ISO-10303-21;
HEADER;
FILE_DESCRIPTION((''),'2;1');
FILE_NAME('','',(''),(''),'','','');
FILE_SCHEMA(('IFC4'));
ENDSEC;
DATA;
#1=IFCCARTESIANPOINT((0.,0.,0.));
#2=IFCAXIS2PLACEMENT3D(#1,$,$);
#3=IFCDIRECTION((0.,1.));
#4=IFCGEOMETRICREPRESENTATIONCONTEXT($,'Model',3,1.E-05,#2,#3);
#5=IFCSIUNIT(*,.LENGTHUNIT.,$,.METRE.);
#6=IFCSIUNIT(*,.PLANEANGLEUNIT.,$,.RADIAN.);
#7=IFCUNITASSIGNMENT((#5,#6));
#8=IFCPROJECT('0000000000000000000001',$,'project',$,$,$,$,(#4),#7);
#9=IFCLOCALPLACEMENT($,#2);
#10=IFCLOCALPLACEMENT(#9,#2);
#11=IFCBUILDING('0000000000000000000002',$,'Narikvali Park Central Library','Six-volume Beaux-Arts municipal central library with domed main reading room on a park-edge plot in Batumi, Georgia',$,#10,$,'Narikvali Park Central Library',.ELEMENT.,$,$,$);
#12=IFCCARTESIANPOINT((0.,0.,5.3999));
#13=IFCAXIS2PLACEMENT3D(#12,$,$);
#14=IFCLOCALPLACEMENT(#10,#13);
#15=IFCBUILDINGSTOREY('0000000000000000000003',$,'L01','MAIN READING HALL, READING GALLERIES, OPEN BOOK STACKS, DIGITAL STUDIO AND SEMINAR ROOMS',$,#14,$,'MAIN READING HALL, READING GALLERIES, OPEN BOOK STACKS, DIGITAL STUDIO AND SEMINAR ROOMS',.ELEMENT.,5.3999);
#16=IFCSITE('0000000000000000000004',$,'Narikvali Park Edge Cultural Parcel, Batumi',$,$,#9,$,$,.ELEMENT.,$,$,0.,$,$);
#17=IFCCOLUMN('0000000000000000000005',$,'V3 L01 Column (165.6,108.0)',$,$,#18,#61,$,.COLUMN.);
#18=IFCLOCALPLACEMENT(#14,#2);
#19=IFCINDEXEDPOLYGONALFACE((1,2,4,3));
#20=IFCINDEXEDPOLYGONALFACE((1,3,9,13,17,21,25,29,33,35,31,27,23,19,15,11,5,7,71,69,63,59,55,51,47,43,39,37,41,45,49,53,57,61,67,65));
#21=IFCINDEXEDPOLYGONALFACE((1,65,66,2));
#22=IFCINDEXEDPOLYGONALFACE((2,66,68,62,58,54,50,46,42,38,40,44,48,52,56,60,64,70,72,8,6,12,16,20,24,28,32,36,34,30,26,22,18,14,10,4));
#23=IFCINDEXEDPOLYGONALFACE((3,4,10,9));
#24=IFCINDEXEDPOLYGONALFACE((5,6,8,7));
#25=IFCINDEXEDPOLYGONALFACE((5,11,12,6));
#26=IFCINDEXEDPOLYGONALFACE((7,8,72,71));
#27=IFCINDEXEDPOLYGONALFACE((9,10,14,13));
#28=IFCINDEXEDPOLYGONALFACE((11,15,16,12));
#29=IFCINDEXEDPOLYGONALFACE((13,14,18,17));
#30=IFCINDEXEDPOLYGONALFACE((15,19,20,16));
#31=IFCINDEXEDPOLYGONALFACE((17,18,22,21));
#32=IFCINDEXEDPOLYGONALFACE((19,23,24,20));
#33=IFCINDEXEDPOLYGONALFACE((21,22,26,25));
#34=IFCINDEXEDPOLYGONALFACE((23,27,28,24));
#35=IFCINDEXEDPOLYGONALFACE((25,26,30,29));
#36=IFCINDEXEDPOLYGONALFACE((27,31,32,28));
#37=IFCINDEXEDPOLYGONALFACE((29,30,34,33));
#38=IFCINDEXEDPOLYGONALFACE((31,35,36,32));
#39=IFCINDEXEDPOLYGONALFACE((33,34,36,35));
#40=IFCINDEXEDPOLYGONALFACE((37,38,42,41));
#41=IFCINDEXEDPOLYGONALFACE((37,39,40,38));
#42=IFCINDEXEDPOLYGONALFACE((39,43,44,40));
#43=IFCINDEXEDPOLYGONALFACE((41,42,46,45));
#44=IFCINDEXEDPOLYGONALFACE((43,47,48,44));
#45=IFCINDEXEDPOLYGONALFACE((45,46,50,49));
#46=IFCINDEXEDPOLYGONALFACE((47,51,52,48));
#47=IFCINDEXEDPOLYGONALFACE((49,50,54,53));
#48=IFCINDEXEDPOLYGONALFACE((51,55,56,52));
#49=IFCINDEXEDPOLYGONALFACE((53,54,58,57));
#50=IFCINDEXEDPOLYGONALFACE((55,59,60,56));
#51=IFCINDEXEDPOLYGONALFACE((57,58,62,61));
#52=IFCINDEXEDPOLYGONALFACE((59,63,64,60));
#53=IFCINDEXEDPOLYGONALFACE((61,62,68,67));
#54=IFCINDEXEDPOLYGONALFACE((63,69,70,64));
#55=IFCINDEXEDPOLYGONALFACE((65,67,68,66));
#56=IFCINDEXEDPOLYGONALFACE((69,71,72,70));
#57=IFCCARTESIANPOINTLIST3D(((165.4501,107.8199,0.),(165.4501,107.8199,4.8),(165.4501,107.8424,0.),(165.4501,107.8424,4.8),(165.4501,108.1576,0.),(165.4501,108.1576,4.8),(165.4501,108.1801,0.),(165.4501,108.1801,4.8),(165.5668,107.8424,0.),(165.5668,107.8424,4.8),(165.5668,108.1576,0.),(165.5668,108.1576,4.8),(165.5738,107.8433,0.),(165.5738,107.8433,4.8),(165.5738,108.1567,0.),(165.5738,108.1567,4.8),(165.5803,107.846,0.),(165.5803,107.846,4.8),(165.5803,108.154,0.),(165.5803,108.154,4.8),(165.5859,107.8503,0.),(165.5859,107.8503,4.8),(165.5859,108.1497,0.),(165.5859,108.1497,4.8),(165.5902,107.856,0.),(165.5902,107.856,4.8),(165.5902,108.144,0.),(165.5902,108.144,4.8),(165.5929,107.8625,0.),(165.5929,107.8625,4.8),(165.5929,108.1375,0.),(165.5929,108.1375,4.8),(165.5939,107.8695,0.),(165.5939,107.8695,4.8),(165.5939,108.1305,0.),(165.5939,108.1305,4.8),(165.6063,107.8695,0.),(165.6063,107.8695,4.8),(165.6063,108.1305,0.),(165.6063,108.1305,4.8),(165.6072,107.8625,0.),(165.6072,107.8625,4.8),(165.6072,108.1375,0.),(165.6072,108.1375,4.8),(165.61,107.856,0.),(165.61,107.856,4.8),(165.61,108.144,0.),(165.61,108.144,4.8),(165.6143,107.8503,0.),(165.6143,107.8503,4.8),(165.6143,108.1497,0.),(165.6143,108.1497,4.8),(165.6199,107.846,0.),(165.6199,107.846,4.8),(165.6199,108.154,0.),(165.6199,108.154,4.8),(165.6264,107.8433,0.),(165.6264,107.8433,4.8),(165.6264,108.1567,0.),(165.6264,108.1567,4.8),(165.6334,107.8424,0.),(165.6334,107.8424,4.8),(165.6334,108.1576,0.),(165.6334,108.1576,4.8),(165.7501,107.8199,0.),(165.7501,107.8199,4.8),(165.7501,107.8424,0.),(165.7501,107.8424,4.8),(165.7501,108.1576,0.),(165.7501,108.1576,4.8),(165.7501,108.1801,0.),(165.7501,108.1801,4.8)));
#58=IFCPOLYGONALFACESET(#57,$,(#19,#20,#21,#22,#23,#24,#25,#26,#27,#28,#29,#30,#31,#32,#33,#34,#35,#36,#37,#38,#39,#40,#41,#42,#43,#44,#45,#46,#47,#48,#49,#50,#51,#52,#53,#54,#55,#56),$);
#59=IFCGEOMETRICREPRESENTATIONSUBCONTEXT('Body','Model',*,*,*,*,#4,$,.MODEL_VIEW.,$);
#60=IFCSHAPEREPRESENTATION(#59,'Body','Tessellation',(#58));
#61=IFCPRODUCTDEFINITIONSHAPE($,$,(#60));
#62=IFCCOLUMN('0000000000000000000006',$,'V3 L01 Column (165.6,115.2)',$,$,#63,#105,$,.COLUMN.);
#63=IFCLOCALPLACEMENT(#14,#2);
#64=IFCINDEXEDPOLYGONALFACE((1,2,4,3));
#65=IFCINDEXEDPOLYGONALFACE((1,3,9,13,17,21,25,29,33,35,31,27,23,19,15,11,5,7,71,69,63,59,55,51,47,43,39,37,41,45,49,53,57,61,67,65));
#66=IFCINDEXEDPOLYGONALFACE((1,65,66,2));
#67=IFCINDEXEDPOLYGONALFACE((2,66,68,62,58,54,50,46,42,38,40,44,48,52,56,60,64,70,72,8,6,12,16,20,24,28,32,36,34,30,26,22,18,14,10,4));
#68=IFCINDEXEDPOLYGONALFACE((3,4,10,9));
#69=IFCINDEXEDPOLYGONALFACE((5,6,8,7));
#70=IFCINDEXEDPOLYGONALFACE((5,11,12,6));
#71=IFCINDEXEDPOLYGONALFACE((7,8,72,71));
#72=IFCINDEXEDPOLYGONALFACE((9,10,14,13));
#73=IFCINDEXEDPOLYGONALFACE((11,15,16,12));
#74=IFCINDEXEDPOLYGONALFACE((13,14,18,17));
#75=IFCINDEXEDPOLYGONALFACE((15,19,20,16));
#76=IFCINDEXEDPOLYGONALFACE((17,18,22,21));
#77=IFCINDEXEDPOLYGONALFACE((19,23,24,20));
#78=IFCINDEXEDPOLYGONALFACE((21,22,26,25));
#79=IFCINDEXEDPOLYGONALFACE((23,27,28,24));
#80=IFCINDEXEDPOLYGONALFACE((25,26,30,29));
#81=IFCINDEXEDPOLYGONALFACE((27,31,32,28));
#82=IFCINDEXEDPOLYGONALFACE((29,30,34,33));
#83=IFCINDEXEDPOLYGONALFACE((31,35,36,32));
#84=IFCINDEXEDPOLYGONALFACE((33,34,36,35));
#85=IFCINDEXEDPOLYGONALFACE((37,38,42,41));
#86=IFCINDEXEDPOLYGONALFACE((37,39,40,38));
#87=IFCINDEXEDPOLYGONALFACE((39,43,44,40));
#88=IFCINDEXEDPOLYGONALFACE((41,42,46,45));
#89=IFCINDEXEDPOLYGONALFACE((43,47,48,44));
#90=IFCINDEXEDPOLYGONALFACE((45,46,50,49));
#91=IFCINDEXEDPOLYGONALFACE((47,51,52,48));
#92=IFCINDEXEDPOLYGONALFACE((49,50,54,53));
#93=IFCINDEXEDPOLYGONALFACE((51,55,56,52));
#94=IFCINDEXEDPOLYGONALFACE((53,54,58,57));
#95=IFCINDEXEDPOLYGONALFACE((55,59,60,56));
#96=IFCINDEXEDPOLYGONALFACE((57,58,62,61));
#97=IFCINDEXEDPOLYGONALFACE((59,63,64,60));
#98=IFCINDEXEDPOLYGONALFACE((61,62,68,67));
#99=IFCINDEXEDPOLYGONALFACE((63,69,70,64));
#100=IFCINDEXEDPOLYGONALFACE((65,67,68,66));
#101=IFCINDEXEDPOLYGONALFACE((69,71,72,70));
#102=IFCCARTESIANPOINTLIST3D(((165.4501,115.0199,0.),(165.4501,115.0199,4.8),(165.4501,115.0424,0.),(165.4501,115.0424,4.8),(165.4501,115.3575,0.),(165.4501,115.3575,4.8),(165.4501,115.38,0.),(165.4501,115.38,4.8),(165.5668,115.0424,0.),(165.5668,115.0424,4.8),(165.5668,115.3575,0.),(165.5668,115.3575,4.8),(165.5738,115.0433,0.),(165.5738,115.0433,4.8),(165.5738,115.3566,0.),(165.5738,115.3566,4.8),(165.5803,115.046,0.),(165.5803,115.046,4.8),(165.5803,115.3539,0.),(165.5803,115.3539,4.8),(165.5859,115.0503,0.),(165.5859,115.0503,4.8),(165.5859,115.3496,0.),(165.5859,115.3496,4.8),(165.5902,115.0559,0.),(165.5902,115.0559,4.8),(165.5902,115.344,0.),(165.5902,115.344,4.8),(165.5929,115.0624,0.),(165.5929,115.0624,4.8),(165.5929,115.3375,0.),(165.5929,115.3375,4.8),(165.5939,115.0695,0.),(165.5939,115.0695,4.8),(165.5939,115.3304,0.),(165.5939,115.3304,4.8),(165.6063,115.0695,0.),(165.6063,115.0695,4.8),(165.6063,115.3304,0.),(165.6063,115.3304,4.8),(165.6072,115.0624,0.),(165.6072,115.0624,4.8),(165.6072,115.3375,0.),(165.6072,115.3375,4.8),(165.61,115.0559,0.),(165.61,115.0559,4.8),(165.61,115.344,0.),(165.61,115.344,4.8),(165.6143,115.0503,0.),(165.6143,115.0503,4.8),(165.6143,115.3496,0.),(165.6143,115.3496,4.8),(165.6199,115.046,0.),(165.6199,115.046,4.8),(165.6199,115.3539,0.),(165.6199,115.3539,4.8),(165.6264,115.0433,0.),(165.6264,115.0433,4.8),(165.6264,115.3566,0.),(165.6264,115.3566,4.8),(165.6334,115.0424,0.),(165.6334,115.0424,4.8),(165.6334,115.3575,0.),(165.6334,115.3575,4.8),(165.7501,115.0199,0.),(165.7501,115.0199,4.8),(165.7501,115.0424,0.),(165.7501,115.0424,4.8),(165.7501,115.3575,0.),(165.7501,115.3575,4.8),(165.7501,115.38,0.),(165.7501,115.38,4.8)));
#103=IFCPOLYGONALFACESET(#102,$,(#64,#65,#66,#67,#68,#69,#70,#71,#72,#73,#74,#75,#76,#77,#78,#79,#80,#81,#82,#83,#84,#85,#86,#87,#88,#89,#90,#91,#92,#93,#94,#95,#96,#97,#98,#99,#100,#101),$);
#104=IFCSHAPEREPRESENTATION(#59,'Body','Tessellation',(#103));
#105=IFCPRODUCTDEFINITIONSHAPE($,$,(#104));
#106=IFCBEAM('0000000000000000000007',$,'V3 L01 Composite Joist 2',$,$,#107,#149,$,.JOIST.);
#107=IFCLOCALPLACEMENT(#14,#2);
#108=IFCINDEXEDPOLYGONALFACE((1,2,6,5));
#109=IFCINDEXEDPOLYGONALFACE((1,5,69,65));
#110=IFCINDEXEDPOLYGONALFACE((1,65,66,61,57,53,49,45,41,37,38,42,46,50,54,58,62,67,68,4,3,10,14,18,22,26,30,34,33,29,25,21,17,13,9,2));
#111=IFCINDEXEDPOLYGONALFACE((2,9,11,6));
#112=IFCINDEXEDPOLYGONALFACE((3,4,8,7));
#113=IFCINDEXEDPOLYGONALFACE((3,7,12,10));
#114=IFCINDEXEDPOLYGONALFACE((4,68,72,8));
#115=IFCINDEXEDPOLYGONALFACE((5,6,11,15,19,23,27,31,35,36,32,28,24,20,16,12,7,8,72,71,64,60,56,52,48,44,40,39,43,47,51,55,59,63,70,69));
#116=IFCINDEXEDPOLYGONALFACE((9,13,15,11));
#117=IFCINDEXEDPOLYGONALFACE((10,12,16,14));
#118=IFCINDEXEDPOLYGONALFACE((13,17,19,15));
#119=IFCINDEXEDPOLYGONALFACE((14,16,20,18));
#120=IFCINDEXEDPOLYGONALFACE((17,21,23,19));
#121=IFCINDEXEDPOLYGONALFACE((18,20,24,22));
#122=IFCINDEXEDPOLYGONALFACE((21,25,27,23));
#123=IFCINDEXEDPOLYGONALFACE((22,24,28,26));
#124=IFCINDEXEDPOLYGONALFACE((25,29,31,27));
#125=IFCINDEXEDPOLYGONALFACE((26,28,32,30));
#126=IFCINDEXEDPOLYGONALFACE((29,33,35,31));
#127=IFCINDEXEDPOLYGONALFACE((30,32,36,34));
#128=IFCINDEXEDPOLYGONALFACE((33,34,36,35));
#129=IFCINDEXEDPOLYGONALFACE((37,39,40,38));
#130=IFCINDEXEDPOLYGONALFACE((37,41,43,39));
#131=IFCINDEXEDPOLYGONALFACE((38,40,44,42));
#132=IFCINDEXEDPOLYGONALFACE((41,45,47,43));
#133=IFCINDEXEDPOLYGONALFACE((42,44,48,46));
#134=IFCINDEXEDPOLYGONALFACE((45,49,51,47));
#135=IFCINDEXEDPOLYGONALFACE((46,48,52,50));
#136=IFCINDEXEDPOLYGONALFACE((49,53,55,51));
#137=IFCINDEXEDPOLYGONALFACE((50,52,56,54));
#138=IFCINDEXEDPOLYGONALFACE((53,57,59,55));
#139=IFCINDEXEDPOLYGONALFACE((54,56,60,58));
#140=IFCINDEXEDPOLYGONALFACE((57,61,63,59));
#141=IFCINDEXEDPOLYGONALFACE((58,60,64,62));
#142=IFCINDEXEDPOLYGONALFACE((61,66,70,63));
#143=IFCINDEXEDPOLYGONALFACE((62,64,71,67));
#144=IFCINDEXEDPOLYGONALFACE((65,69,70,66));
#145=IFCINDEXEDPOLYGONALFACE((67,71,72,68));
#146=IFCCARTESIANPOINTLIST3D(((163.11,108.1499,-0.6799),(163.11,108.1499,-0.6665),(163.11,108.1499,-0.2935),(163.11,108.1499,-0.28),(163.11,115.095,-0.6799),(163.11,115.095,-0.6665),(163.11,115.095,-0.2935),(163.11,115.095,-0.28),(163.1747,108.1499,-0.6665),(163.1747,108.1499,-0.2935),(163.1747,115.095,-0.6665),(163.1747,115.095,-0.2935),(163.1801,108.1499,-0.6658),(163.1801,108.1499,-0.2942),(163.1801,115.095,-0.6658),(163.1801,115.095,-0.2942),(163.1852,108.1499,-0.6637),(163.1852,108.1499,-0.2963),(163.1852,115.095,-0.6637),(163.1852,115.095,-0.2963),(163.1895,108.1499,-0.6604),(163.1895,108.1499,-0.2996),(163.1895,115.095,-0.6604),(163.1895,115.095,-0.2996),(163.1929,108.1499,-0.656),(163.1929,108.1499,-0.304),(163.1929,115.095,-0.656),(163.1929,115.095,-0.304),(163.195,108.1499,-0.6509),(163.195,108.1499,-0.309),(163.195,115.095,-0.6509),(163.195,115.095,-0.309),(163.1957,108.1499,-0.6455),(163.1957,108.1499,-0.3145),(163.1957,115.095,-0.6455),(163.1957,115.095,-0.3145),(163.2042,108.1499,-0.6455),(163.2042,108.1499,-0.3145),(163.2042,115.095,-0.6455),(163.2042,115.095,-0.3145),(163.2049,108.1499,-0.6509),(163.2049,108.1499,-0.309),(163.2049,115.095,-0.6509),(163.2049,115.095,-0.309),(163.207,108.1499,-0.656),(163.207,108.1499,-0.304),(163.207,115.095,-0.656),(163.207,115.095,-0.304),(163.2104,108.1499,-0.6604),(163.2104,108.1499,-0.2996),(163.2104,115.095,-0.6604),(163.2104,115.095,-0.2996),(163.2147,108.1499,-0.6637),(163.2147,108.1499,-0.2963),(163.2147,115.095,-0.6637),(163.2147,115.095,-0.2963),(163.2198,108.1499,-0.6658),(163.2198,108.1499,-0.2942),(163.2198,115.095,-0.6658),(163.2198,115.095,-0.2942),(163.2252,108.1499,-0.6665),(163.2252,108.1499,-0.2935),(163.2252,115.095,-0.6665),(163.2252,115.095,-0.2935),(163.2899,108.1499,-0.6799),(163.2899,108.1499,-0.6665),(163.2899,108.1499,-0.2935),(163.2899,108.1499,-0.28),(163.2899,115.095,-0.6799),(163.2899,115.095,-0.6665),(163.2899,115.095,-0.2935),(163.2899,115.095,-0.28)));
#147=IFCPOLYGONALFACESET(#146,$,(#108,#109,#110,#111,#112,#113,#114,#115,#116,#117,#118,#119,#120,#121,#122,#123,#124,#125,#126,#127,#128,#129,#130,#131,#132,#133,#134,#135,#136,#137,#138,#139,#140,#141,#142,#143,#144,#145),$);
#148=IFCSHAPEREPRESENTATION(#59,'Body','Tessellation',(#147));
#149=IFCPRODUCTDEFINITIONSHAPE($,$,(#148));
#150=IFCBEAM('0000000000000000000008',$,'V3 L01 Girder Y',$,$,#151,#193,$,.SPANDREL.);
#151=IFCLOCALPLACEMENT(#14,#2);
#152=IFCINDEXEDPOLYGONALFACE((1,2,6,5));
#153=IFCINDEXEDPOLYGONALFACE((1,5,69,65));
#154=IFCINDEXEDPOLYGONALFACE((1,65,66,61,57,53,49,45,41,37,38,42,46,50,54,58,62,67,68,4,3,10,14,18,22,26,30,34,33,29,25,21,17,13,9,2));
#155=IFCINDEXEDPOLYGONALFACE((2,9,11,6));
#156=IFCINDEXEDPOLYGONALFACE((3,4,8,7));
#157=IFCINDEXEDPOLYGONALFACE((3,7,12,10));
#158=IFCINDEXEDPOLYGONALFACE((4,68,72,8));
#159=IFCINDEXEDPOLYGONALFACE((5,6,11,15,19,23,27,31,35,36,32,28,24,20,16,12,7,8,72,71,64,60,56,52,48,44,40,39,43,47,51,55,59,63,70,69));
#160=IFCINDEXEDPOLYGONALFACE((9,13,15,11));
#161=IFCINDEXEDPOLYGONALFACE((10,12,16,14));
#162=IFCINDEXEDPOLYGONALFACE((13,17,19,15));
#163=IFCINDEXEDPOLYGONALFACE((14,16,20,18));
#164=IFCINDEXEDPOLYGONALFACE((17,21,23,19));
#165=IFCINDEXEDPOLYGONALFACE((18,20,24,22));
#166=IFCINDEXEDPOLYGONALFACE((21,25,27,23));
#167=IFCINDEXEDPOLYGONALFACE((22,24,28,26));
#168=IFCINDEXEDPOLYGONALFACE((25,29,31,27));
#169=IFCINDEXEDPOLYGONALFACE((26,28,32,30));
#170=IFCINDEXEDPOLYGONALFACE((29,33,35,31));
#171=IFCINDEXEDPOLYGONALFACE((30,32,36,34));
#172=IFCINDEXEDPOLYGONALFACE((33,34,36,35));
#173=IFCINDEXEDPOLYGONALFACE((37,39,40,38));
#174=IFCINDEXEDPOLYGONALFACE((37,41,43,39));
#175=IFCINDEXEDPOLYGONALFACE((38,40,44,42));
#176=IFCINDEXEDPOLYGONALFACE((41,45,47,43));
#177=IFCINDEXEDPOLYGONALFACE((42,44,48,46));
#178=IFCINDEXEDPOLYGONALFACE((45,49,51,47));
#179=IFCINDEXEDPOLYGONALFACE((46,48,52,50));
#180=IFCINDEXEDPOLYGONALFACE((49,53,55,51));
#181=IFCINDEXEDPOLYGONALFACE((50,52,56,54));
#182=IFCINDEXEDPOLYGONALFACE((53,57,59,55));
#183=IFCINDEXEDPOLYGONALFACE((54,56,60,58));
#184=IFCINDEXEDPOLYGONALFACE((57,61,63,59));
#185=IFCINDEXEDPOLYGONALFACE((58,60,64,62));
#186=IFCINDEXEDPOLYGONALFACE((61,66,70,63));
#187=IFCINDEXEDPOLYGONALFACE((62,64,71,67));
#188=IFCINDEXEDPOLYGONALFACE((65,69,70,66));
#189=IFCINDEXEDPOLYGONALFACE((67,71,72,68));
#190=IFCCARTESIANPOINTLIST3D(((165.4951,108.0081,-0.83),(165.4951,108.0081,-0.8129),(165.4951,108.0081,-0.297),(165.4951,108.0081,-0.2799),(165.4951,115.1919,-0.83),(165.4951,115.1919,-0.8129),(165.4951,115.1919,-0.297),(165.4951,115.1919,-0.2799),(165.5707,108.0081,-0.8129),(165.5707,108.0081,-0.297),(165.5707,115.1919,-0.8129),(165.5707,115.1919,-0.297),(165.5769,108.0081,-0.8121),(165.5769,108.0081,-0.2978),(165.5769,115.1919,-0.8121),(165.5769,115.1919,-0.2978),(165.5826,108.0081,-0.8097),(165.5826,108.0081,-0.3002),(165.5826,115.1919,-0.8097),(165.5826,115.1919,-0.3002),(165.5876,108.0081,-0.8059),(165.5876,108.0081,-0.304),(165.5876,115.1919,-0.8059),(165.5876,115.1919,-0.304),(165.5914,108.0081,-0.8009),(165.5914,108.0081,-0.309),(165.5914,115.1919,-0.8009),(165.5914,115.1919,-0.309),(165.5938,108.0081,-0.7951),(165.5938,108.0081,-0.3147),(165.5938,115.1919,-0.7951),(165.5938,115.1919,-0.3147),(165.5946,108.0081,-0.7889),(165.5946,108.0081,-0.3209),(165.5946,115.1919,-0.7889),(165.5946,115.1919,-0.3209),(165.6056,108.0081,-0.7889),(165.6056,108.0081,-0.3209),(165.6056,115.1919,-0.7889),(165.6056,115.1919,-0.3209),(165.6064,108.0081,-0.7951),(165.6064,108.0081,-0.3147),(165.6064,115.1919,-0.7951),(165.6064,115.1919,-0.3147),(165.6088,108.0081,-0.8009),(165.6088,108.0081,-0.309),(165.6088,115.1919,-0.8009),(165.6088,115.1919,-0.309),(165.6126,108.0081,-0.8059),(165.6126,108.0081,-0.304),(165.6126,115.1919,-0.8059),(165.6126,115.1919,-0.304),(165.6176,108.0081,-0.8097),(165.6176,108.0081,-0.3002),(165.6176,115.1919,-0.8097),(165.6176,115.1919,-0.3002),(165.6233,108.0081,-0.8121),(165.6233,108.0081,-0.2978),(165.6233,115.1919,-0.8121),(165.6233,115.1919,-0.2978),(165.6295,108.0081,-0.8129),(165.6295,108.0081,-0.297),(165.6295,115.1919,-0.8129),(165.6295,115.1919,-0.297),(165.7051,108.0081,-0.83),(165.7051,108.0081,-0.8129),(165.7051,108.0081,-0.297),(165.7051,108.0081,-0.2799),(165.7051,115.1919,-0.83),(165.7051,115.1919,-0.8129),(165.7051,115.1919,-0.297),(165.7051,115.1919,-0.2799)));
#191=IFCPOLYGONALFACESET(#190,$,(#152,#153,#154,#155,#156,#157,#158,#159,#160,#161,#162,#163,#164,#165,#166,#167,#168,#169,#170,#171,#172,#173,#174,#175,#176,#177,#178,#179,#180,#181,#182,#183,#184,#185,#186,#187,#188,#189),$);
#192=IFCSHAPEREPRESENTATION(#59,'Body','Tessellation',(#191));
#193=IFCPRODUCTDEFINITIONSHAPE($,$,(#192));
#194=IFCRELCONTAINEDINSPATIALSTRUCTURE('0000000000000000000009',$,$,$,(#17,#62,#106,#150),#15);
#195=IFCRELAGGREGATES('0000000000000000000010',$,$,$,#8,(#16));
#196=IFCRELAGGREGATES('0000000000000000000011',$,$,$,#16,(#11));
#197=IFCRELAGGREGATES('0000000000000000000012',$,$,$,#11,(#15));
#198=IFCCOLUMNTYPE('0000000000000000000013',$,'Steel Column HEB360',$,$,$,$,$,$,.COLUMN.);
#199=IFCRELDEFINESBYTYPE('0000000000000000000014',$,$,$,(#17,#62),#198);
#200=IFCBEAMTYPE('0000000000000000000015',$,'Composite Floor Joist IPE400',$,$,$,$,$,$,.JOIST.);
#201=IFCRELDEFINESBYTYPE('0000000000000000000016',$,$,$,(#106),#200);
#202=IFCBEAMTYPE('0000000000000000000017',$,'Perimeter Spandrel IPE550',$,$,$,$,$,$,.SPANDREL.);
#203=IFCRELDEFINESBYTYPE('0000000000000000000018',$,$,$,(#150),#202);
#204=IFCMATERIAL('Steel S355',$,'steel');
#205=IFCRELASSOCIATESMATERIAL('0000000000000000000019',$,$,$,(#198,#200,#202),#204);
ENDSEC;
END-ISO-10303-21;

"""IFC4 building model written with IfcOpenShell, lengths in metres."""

from ifc_helpers import new_model, si_unit, direction, frame, origin, origin_2d, place, context, subcontext, project, spatial, i_section, extrude, material, material_profile, profile_set, type_object, element, save


model = new_model("IFC4")

# Units and contexts
model_context = context("Model", 3, precision=1e-05, world=origin(), true_north=direction((0.0, 1.0)))
body_context = subcontext(model_context, "Body", "Model", "MODEL_VIEW")
ifc_project = project(units=[si_unit("LENGTHUNIT", "METRE"), si_unit("PLANEANGLEUNIT", "RADIAN")], contexts=[model_context])

# Site, building, storey
site_placement = place(None, origin())
site = spatial("IfcSite", under=ifc_project, at=site_placement, Name="Narikvali Park Edge Cultural Parcel, Batumi", CompositionType="ELEMENT", RefElevation=0.0)
building_placement = place(site_placement, origin())
building = spatial("IfcBuilding", under=site, at=building_placement, Name="Narikvali Park Central Library", Description="Six-volume Beaux-Arts municipal central library with domed main reading room on a park-edge plot in Batumi, Georgia", LongName="Narikvali Park Central Library", CompositionType="ELEMENT")
storey_placement = place(building_placement, frame((0.0, 0.0, 5.3999)))
storey = spatial("IfcBuildingStorey", under=building, at=storey_placement, Name="L01", Description="MAIN READING HALL, READING GALLERIES, OPEN BOOK STACKS, DIGITAL STUDIO AND SEMINAR ROOMS", LongName="MAIN READING HALL, READING GALLERIES, OPEN BOOK STACKS, DIGITAL STUDIO AND SEMINAR ROOMS", CompositionType="ELEMENT", Elevation=5.3999)

# Columns
ifc_material_1 = material(Name="Steel S355", Category="steel")
ifc_material_profile_1 = material_profile(ifc_material_1, i_section(OverallWidth=0.3, OverallDepth=0.3601, WebThickness=0.0125, FlangeThickness=0.0225, FilletRadius=0.0271, at=origin_2d()), Name="HEB 360")
ifc_profile_set_1 = profile_set([ifc_material_profile_1], Name="Steel S355")
column_type = type_object("IfcColumnType", Name="Steel Column HEB360", PredefinedType="COLUMN", material=ifc_profile_set_1)
for number, where, z_axis, x_axis, name in (
    (1, (165.6001, 108.0, 0.0), (0.0, 0.0, 1.0), (1.0, 0.0, 0.0), "V3 L01 Column (165.6,108.0)"),
    (2, (165.6001, 115.2, 0.0), (0.0, 0.0, 1.0), (1.0, 0.0, 0.0), "V3 L01 Column (165.6,115.2)"),
):
    element("IfcColumn", number, at=place(storey_placement, frame(where, z_axis=z_axis, x_axis=x_axis)), inside=storey, type_object=column_type, Name=name, PredefinedType="COLUMN", context=body_context, shape_type="SweptSolid", body=[
        extrude(i_section(OverallWidth=0.3, OverallDepth=0.3601, WebThickness=0.0125, FlangeThickness=0.0225, FilletRadius=0.0271, at=origin_2d()), origin(), (0.0, 0.0, 1.0), 4.8),
    ])

# Beams
ifc_material_profile_2 = material_profile(ifc_material_1, i_section(OverallWidth=0.1799, OverallDepth=0.3999, WebThickness=0.0085, FlangeThickness=0.0134, FilletRadius=0.021, at=origin_2d()), Name="IPE 400")
ifc_profile_set_2 = profile_set([ifc_material_profile_2], Name="Steel S355")
beam_type_1 = type_object("IfcBeamType", Name="Composite Floor Joist IPE400", PredefinedType="JOIST", material=ifc_profile_set_2)
beam_1_placement = place(storey_placement, frame((163.2, 108.1499, -0.48), z_axis=(0.0, 1.0, 0.0), x_axis=(-1.0, 0.0, 0.0)))
element("IfcBeam", 3, at=beam_1_placement, inside=storey, type_object=beam_type_1, Name="V3 L01 Composite Joist 2", PredefinedType="JOIST", context=body_context, shape_type="SweptSolid", body=[
    extrude(i_section(OverallWidth=0.1799, OverallDepth=0.3999, WebThickness=0.0085, FlangeThickness=0.0134, FilletRadius=0.021, at=origin_2d()), origin(), (0.0, 0.0, 1.0), 6.9451),
])
ifc_material_profile_3 = material_profile(ifc_material_1, i_section(OverallWidth=0.21, OverallDepth=0.55, WebThickness=0.011, FlangeThickness=0.0171, FilletRadius=0.0239, at=origin_2d()), Name="IPE 550")
ifc_profile_set_3 = profile_set([ifc_material_profile_3], Name="Steel S355")
beam_type_2 = type_object("IfcBeamType", Name="Perimeter Spandrel IPE550", PredefinedType="SPANDREL", material=ifc_profile_set_3)
beam_2_placement = place(storey_placement, frame((165.6001, 108.0081, -0.5549), z_axis=(0.0, 1.0, 0.0), x_axis=(-1.0, 0.0, 0.0)))
element("IfcBeam", 4, at=beam_2_placement, inside=storey, type_object=beam_type_2, Name="V3 L01 Girder Y", PredefinedType="SPANDREL", context=body_context, shape_type="SweptSolid", body=[
    extrude(i_section(OverallWidth=0.21, OverallDepth=0.55, WebThickness=0.011, FlangeThickness=0.0171, FilletRadius=0.0239, at=origin_2d()), origin(), (0.0, 0.0, 1.0), 7.1838),
])

save(model, "model.ifc")
